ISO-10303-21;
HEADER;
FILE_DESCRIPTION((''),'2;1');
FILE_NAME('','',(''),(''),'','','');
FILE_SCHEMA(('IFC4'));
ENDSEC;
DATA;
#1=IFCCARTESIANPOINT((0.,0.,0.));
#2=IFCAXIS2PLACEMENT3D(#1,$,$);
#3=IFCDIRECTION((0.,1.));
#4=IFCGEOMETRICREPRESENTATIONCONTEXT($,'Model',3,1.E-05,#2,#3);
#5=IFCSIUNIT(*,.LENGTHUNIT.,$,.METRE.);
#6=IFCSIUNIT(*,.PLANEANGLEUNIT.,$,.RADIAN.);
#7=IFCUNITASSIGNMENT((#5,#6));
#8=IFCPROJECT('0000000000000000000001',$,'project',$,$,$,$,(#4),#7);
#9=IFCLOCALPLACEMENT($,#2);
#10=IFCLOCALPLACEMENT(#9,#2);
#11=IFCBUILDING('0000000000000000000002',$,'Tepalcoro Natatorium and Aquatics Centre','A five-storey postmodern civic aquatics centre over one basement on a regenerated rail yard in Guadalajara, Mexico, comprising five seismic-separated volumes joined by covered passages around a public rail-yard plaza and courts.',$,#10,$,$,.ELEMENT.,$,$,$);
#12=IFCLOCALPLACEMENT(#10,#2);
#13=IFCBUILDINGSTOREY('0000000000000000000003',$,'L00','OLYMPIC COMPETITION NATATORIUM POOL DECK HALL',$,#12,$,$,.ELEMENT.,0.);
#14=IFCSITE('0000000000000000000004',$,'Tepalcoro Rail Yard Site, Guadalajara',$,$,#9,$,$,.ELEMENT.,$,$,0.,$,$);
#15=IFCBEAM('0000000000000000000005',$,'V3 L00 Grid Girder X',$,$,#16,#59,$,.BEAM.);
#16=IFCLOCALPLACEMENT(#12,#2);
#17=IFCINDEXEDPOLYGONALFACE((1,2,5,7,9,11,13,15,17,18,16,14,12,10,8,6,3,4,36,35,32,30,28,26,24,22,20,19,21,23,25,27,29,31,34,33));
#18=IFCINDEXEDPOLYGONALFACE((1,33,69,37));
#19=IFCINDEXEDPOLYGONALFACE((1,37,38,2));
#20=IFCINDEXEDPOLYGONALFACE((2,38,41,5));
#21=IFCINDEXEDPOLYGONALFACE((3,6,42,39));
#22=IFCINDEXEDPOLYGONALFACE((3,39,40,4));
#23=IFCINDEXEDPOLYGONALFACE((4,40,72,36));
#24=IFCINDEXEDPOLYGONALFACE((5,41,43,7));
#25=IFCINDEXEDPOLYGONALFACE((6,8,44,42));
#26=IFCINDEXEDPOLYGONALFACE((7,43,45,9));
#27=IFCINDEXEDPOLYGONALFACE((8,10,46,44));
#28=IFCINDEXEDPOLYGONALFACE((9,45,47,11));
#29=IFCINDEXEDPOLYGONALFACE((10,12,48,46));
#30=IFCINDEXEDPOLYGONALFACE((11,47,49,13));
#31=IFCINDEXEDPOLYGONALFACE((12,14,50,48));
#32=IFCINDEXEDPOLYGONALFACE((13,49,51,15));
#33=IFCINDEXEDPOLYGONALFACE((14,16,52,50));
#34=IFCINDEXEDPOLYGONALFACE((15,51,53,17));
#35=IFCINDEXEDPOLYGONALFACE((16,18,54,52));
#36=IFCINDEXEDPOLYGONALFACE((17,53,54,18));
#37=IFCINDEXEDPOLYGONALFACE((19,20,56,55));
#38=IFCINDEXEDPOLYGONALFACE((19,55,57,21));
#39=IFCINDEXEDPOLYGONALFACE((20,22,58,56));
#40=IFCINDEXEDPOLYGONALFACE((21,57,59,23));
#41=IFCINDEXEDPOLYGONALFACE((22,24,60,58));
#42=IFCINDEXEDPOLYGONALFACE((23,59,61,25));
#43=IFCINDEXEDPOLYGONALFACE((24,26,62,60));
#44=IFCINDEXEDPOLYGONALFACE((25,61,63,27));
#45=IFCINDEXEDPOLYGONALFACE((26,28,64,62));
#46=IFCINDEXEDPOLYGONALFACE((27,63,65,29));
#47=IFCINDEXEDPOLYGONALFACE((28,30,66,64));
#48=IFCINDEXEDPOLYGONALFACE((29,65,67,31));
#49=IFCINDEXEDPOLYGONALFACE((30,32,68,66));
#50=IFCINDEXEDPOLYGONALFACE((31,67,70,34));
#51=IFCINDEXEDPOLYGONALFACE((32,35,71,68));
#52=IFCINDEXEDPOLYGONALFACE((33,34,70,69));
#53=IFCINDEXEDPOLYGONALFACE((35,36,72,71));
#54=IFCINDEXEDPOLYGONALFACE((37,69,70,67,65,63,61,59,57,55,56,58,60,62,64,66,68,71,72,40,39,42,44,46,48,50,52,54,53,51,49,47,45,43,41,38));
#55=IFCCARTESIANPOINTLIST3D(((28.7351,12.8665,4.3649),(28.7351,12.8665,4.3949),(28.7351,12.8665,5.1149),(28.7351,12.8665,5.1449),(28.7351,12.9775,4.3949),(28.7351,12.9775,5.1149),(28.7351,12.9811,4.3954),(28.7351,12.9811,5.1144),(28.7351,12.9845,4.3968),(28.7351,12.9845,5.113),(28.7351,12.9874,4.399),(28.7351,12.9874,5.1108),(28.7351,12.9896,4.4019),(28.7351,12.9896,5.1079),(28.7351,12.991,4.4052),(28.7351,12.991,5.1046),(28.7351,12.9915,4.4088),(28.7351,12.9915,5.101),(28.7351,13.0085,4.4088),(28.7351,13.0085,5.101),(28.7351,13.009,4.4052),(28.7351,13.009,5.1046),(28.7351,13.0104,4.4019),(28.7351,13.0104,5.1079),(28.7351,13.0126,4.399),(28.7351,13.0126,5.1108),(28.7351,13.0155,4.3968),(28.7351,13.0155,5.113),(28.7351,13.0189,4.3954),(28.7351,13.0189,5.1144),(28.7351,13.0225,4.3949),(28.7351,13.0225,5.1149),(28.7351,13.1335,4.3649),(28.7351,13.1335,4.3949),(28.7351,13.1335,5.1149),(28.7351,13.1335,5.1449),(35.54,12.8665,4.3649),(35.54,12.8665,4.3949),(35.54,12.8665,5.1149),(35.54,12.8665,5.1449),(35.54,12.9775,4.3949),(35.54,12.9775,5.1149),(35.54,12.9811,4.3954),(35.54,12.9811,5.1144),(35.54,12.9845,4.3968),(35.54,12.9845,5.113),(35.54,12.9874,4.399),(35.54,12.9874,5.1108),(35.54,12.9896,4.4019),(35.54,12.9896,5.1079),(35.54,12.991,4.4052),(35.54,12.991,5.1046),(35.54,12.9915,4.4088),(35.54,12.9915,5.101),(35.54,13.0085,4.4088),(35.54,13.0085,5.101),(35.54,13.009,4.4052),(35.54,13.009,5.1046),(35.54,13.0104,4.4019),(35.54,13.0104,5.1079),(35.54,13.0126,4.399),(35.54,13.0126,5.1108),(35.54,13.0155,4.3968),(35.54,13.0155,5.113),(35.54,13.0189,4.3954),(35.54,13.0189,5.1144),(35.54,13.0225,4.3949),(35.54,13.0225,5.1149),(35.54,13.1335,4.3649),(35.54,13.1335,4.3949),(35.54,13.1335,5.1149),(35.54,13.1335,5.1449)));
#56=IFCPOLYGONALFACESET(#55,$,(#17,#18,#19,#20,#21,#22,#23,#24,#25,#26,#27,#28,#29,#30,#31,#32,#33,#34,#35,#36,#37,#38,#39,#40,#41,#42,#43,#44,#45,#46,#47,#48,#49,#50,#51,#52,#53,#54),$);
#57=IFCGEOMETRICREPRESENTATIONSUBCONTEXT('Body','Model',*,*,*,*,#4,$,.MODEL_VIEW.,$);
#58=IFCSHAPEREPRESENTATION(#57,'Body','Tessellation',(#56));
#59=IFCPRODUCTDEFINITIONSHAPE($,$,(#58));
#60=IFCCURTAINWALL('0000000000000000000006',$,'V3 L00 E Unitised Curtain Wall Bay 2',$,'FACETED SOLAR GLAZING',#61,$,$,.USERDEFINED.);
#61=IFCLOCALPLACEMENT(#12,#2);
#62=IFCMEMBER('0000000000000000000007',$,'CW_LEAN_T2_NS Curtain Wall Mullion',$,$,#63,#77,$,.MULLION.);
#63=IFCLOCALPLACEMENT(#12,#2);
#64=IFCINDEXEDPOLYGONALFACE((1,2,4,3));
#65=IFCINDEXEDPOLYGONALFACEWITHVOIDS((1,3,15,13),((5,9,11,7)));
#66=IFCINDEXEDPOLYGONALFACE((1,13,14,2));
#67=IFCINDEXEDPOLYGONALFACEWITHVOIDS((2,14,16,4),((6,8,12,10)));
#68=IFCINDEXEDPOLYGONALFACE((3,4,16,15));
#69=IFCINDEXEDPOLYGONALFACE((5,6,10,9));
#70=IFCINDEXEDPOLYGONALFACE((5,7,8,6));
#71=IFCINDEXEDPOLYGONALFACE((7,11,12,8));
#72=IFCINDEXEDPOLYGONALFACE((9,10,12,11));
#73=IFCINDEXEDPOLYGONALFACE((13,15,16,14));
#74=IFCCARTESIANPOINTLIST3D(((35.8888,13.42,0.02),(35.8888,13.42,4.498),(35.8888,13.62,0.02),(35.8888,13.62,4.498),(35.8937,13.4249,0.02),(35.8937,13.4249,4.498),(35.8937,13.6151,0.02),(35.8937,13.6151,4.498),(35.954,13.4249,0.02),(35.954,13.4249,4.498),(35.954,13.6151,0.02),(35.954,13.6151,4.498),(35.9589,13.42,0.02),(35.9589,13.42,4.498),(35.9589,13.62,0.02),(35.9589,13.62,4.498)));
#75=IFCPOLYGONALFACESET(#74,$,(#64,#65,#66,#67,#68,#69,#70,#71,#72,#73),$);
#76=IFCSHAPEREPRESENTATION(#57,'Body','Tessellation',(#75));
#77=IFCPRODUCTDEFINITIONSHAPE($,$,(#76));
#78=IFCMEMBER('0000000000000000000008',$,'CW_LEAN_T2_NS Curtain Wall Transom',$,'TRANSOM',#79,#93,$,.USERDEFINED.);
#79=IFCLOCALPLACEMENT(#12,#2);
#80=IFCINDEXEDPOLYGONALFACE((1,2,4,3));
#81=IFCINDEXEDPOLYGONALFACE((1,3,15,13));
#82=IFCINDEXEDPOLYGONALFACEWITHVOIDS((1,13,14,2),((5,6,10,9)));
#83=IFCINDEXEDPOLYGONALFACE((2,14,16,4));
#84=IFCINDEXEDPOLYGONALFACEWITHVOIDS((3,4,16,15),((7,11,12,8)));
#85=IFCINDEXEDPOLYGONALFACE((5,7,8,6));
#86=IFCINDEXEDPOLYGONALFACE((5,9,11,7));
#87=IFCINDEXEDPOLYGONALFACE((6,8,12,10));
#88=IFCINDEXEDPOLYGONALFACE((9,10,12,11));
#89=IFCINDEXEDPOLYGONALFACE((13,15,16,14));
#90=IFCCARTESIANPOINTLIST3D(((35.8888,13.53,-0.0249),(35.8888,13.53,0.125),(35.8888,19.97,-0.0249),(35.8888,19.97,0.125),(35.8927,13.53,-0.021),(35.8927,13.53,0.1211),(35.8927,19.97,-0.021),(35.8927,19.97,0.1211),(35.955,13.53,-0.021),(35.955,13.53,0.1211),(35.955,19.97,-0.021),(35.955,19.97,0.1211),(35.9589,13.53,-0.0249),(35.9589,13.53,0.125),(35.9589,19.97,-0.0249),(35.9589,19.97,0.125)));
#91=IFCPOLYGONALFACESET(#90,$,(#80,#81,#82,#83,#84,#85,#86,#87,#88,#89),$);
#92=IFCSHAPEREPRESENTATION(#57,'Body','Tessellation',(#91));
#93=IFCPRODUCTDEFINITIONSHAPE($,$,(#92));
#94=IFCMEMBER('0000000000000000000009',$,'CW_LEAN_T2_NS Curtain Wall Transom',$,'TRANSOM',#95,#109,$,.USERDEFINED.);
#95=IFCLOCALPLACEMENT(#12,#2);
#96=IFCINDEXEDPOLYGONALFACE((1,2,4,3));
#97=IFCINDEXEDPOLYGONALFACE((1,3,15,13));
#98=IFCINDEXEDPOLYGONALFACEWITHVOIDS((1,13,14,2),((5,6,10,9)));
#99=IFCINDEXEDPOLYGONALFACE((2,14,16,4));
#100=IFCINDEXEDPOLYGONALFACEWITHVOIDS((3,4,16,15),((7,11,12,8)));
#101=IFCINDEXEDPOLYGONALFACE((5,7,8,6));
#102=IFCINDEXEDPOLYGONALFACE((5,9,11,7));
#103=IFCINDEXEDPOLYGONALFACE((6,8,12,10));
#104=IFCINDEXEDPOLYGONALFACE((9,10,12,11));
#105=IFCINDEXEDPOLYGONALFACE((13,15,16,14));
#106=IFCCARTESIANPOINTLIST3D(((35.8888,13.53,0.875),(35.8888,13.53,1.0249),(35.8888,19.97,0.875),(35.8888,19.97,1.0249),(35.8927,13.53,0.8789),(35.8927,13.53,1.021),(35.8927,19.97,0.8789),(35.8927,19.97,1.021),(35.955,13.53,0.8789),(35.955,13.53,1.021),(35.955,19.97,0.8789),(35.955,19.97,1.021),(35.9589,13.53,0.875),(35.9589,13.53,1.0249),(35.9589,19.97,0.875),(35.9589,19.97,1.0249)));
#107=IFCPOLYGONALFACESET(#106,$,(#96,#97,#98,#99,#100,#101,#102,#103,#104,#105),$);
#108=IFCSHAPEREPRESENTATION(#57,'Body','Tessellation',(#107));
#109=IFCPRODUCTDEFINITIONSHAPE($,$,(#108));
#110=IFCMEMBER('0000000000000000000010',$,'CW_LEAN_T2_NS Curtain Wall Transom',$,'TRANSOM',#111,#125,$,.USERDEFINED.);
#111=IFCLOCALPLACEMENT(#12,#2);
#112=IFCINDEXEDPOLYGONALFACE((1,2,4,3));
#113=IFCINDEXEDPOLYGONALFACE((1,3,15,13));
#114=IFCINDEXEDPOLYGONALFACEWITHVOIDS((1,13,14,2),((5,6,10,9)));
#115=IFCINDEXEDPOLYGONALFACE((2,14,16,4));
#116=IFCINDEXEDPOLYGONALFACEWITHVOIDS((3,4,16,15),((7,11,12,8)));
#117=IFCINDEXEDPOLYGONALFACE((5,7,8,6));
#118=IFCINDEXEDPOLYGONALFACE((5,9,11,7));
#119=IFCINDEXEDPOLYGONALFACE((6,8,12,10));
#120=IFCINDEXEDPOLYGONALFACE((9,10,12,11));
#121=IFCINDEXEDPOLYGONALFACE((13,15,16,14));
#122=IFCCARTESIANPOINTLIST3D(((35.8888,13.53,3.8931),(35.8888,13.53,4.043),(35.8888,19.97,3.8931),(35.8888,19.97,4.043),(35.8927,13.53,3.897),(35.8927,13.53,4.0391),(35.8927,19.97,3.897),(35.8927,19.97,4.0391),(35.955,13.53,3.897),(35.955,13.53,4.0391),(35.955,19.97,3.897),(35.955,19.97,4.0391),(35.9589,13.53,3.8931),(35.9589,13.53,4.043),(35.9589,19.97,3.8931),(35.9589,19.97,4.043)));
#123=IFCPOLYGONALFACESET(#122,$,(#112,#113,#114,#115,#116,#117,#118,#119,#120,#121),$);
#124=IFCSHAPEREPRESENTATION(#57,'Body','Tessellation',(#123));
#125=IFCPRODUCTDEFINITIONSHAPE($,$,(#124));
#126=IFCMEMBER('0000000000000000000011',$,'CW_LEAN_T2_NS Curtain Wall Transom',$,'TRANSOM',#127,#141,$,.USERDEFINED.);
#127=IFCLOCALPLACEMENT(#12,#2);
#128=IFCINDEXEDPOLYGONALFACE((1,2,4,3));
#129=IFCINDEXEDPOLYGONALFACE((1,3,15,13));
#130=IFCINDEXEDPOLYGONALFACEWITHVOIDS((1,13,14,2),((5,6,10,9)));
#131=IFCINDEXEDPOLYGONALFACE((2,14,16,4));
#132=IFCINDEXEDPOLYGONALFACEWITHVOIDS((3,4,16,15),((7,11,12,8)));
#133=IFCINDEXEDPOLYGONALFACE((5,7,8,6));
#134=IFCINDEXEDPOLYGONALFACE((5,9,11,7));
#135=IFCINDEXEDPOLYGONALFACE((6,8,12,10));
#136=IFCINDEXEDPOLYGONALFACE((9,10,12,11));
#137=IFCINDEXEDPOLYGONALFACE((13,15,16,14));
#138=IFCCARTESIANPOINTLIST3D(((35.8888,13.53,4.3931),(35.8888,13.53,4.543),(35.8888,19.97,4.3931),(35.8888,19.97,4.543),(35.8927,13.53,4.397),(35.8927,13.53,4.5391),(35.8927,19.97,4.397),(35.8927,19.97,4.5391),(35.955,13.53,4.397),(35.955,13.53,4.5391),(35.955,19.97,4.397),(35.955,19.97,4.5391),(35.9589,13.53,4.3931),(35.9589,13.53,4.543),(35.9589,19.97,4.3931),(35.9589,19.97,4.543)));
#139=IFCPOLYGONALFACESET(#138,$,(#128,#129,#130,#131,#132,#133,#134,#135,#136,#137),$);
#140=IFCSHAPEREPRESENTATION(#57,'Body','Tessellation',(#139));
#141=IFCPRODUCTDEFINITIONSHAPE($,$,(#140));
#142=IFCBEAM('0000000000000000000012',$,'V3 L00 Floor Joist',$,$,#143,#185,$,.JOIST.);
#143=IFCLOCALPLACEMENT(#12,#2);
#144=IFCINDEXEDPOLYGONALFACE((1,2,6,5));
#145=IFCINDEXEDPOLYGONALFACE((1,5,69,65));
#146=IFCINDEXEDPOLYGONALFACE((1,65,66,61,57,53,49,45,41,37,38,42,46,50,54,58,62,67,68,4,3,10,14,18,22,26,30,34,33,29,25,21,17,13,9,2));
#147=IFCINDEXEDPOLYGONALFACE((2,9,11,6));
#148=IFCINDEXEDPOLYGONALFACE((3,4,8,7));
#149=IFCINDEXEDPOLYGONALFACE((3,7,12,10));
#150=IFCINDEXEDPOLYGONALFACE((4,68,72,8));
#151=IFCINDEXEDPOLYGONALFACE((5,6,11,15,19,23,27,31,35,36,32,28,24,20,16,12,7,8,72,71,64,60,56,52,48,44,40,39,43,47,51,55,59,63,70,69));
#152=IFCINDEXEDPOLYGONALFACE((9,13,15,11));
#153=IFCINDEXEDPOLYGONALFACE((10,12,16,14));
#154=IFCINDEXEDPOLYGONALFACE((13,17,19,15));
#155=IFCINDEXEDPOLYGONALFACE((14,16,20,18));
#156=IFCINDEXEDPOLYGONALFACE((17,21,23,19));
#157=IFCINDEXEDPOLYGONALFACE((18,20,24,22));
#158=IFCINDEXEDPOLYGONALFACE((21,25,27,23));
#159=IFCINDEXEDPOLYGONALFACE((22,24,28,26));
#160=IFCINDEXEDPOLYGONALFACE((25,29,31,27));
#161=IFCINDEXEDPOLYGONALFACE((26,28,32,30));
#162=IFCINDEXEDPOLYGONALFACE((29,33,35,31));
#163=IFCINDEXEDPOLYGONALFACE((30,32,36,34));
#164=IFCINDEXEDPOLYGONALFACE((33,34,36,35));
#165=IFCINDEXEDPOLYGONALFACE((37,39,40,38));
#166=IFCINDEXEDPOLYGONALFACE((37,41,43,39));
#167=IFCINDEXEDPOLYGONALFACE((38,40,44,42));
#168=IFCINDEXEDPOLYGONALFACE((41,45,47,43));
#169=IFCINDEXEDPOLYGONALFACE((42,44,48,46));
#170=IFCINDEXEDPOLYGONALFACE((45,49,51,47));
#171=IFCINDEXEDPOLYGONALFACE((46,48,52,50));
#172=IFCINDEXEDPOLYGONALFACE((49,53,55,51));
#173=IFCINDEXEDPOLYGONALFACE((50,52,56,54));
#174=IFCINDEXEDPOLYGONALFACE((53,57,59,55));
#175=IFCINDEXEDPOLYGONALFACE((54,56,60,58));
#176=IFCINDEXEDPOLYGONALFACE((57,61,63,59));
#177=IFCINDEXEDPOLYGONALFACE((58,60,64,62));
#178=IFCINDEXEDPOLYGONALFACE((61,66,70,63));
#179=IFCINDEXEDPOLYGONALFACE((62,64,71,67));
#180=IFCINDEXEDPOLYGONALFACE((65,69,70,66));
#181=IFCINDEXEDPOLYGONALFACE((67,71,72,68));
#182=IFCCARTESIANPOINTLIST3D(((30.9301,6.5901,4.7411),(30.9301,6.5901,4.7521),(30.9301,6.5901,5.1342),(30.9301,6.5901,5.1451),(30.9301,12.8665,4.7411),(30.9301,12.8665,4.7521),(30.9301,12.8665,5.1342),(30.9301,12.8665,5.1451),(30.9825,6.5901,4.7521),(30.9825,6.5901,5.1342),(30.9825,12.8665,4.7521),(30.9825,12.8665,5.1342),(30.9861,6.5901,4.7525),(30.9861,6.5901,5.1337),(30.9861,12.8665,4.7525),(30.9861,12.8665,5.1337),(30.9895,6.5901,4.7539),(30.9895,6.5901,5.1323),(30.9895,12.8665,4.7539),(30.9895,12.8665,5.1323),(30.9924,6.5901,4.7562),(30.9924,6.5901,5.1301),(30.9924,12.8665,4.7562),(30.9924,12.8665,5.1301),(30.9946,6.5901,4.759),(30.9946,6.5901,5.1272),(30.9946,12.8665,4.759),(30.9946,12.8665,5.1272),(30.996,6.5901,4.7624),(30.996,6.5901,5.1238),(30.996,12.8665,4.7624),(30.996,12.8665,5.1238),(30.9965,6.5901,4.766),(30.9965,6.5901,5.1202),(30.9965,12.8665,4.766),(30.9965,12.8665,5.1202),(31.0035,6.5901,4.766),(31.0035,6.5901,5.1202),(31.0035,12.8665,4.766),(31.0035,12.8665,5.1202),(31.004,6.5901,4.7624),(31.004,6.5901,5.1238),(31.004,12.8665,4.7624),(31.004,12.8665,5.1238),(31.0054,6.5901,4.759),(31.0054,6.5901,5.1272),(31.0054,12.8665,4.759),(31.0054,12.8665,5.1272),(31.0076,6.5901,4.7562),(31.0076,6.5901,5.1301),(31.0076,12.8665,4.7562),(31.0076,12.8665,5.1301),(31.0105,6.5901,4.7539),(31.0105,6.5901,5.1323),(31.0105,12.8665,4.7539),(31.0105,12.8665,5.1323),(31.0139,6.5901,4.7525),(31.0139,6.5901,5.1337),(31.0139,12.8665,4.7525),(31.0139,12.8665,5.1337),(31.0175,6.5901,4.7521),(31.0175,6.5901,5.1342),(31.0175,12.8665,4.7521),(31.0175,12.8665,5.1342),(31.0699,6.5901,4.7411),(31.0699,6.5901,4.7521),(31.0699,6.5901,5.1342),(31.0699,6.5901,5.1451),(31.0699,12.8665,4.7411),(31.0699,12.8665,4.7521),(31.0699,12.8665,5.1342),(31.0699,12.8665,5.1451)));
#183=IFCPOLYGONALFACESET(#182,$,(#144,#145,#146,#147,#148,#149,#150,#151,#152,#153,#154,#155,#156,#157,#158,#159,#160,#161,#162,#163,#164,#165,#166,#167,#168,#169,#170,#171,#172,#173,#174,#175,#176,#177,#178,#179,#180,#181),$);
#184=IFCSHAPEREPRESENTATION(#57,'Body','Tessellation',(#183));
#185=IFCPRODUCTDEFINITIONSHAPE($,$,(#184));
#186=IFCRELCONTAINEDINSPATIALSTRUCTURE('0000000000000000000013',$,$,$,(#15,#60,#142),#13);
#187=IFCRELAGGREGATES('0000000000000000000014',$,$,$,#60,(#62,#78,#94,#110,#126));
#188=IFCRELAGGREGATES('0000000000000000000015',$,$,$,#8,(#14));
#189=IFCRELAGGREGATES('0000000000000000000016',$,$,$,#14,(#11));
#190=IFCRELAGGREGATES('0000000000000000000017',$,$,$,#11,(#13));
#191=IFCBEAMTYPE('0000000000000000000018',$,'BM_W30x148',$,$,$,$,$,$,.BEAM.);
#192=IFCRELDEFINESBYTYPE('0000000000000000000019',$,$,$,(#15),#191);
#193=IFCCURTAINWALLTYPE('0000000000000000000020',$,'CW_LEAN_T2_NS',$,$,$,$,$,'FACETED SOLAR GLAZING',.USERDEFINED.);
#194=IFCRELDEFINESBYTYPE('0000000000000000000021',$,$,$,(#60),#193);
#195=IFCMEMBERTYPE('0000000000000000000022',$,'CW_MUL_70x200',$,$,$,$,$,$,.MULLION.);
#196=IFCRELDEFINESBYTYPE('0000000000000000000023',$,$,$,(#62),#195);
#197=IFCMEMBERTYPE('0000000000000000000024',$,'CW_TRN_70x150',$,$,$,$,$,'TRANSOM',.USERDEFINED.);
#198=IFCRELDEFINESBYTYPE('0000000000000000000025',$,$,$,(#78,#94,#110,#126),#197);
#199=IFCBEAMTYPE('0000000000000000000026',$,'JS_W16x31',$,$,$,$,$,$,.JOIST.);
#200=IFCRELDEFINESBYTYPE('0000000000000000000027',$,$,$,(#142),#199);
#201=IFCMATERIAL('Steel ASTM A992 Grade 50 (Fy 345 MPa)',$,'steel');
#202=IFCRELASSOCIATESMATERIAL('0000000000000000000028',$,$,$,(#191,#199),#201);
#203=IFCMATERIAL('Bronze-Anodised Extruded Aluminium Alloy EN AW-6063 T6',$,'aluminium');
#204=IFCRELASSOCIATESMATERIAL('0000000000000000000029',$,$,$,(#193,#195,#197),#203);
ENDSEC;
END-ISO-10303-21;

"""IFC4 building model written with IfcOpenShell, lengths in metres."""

from ifc_helpers import new_model, si_unit, direction, frame, origin, origin_2d, place, context, subcontext, project, spatial, hollow_rectangle, i_section, extrude, material, material_profile, profile_set, type_object, element, aggregate, save


model = new_model("IFC4")

# Units and contexts
model_context = context("Model", 3, precision=1e-05, world=origin(), true_north=direction((0.0, 1.0)))
body_context = subcontext(model_context, "Body", "Model", "MODEL_VIEW")
ifc_project = project(units=[si_unit("LENGTHUNIT", "METRE"), si_unit("PLANEANGLEUNIT", "RADIAN")], contexts=[model_context])

# Site, building, storey
site_placement = place(None, origin())
site = spatial("IfcSite", under=ifc_project, at=site_placement, Name="Tepalcoro Rail Yard Site, Guadalajara", CompositionType="ELEMENT", RefElevation=0.0)
building_placement = place(site_placement, origin())
building = spatial("IfcBuilding", under=site, at=building_placement, Name="Tepalcoro Natatorium and Aquatics Centre", Description="A five-storey postmodern civic aquatics centre over one basement on a regenerated rail yard in Guadalajara, Mexico, comprising five seismic-separated volumes joined by covered passages around a public rail-yard plaza and courts.", CompositionType="ELEMENT")
storey_placement = place(building_placement, origin())
storey = spatial("IfcBuildingStorey", under=building, at=storey_placement, Name="L00", Description="OLYMPIC COMPETITION NATATORIUM POOL DECK HALL", CompositionType="ELEMENT", Elevation=0.0)

# Beam
ifc_material_1 = material(Name="Steel ASTM A992 Grade 50 (Fy 345 MPa)", Category="steel")
ifc_material_profile_1 = material_profile(ifc_material_1, i_section(OverallWidth=0.2671, OverallDepth=0.78, WebThickness=0.0171, FlangeThickness=0.03, FilletRadius=0.0139, at=origin_2d()), Name="W30X148")
ifc_profile_set_1 = profile_set([ifc_material_profile_1], Name="Steel ASTM A992 Grade 50 (Fy 345 MPa)")
beam_type_1 = type_object("IfcBeamType", Name="BM_W30x148", PredefinedType="BEAM", material=ifc_profile_set_1)
beam_1_placement = place(storey_placement, frame((28.7351, 13.0, 4.7549), z_axis=(1.0, 0.0, 0.0), x_axis=(0.0, 1.0, 0.0)))
element("IfcBeam", 1, at=beam_1_placement, inside=storey, type_object=beam_type_1, Name="V3 L00 Grid Girder X", PredefinedType="BEAM", context=body_context, shape_type="SweptSolid", body=[
    extrude(i_section(OverallWidth=0.2671, OverallDepth=0.78, WebThickness=0.0171, FlangeThickness=0.03, FilletRadius=0.0139, at=origin_2d()), origin(), (0.0, 0.0, 1.0), 6.8049),
])

# Curtain wall, members
ifc_material_2 = material(Name="Bronze-Anodised Extruded Aluminium Alloy EN AW-6063 T6", Category="aluminium")
curtain_wall_type = type_object("IfcCurtainWallType", Name="CW_LEAN_T2_NS", ElementType="FACETED SOLAR GLAZING", PredefinedType="USERDEFINED", material=ifc_material_2)
curtain_wall_placement = place(storey_placement, origin())
curtain_wall = element("IfcCurtainWall", 2, at=curtain_wall_placement, inside=storey, type_object=curtain_wall_type, Name="V3 L00 E Unitised Curtain Wall Bay 2", ObjectType="FACETED SOLAR GLAZING", PredefinedType="USERDEFINED")
ifc_material_profile_2 = material_profile(ifc_material_2, hollow_rectangle(XDim=0.0701, YDim=0.2, WallThickness=0.0049, at=origin_2d()), Name="AL70X200X5")
ifc_profile_set_2 = profile_set([ifc_material_profile_2], Name="Bronze-Anodised Extruded Aluminium Alloy EN AW-6063 T6")
member_type_1 = type_object("IfcMemberType", Name="CW_MUL_70x200", PredefinedType="MULLION", material=ifc_profile_set_2)
member_1_placement = place(storey_placement, frame((35.9238, 13.52, 0.02), z_axis=(0.0, 0.0, 1.0), x_axis=(1.0, 0.0, 0.0)))
member_1 = element("IfcMember", 3, at=member_1_placement, type_object=member_type_1, Name="CW_LEAN_T2_NS Curtain Wall Mullion", PredefinedType="MULLION", context=body_context, shape_type="SweptSolid", body=[
    extrude(hollow_rectangle(XDim=0.0701, YDim=0.2, WallThickness=0.0049, at=origin_2d()), origin(), (0.0, 0.0, 1.0), 4.478),
])
ifc_material_profile_3 = material_profile(ifc_material_2, hollow_rectangle(XDim=0.0701, YDim=0.1499, WallThickness=0.0039, at=origin_2d()), Name="AL70X150X4")
ifc_profile_set_3 = profile_set([ifc_material_profile_3], Name="Bronze-Anodised Extruded Aluminium Alloy EN AW-6063 T6")
member_type_2 = type_object("IfcMemberType", Name="CW_TRN_70x150", ElementType="TRANSOM", PredefinedType="USERDEFINED", material=ifc_profile_set_3)
member_2_placement = place(storey_placement, frame((35.9238, 13.53, 0.05), z_axis=(0.0, 1.0, 0.0), x_axis=(-1.0, 0.0, 0.0)))
member_2 = element("IfcMember", 4, at=member_2_placement, type_object=member_type_2, Name="CW_LEAN_T2_NS Curtain Wall Transom", ObjectType="TRANSOM", PredefinedType="USERDEFINED", context=body_context, shape_type="SweptSolid", body=[
    extrude(hollow_rectangle(XDim=0.0701, YDim=0.1499, WallThickness=0.0039, at=origin_2d()), origin(), (0.0, 0.0, 1.0), 6.4399),
])
member_3_placement = place(storey_placement, frame((35.9238, 13.53, 0.95), z_axis=(0.0, 1.0, 0.0), x_axis=(-1.0, 0.0, 0.0)))
member_3 = element("IfcMember", 5, at=member_3_placement, type_object=member_type_2, Name="CW_LEAN_T2_NS Curtain Wall Transom", ObjectType="TRANSOM", PredefinedType="USERDEFINED", context=body_context, shape_type="SweptSolid", body=[
    extrude(hollow_rectangle(XDim=0.0701, YDim=0.1499, WallThickness=0.0039, at=origin_2d()), origin(), (0.0, 0.0, 1.0), 6.4399),
])
member_4_placement = place(storey_placement, frame((35.9238, 13.53, 3.968), z_axis=(0.0, 1.0, 0.0), x_axis=(-1.0, 0.0, 0.0)))
member_4 = element("IfcMember", 6, at=member_4_placement, type_object=member_type_2, Name="CW_LEAN_T2_NS Curtain Wall Transom", ObjectType="TRANSOM", PredefinedType="USERDEFINED", context=body_context, shape_type="SweptSolid", body=[
    extrude(hollow_rectangle(XDim=0.0701, YDim=0.1499, WallThickness=0.0039, at=origin_2d()), origin(), (0.0, 0.0, 1.0), 6.4399),
])
member_5_placement = place(storey_placement, frame((35.9238, 13.53, 4.468), z_axis=(0.0, 1.0, 0.0), x_axis=(-1.0, 0.0, 0.0)))
member_5 = element("IfcMember", 7, at=member_5_placement, type_object=member_type_2, Name="CW_LEAN_T2_NS Curtain Wall Transom", ObjectType="TRANSOM", PredefinedType="USERDEFINED", context=body_context, shape_type="SweptSolid", body=[
    extrude(hollow_rectangle(XDim=0.0701, YDim=0.1499, WallThickness=0.0039, at=origin_2d()), origin(), (0.0, 0.0, 1.0), 6.4399),
])

# Beam
ifc_material_profile_4 = material_profile(ifc_material_1, i_section(OverallWidth=0.1399, OverallDepth=0.4041, WebThickness=0.0071, FlangeThickness=0.011, FilletRadius=0.0139, at=origin_2d()), Name="W16X31")
ifc_profile_set_4 = profile_set([ifc_material_profile_4], Name="Steel ASTM A992 Grade 50 (Fy 345 MPa)")
beam_type_2 = type_object("IfcBeamType", Name="JS_W16x31", PredefinedType="JOIST", material=ifc_profile_set_4)
beam_2_placement = place(storey_placement, frame((31.0, 6.5901, 4.9431), z_axis=(0.0, 1.0, 0.0), x_axis=(-1.0, 0.0, 0.0)))
element("IfcBeam", 8, at=beam_2_placement, inside=storey, type_object=beam_type_2, Name="V3 L00 Floor Joist", PredefinedType="JOIST", context=body_context, shape_type="SweptSolid", body=[
    extrude(i_section(OverallWidth=0.1399, OverallDepth=0.4041, WebThickness=0.0071, FlangeThickness=0.011, FilletRadius=0.0139, at=origin_2d()), origin(), (0.0, 0.0, 1.0), 6.2764),
])

aggregate(curtain_wall, [member_1, member_2, member_3, member_4, member_5])

save(model, "model.ifc")
